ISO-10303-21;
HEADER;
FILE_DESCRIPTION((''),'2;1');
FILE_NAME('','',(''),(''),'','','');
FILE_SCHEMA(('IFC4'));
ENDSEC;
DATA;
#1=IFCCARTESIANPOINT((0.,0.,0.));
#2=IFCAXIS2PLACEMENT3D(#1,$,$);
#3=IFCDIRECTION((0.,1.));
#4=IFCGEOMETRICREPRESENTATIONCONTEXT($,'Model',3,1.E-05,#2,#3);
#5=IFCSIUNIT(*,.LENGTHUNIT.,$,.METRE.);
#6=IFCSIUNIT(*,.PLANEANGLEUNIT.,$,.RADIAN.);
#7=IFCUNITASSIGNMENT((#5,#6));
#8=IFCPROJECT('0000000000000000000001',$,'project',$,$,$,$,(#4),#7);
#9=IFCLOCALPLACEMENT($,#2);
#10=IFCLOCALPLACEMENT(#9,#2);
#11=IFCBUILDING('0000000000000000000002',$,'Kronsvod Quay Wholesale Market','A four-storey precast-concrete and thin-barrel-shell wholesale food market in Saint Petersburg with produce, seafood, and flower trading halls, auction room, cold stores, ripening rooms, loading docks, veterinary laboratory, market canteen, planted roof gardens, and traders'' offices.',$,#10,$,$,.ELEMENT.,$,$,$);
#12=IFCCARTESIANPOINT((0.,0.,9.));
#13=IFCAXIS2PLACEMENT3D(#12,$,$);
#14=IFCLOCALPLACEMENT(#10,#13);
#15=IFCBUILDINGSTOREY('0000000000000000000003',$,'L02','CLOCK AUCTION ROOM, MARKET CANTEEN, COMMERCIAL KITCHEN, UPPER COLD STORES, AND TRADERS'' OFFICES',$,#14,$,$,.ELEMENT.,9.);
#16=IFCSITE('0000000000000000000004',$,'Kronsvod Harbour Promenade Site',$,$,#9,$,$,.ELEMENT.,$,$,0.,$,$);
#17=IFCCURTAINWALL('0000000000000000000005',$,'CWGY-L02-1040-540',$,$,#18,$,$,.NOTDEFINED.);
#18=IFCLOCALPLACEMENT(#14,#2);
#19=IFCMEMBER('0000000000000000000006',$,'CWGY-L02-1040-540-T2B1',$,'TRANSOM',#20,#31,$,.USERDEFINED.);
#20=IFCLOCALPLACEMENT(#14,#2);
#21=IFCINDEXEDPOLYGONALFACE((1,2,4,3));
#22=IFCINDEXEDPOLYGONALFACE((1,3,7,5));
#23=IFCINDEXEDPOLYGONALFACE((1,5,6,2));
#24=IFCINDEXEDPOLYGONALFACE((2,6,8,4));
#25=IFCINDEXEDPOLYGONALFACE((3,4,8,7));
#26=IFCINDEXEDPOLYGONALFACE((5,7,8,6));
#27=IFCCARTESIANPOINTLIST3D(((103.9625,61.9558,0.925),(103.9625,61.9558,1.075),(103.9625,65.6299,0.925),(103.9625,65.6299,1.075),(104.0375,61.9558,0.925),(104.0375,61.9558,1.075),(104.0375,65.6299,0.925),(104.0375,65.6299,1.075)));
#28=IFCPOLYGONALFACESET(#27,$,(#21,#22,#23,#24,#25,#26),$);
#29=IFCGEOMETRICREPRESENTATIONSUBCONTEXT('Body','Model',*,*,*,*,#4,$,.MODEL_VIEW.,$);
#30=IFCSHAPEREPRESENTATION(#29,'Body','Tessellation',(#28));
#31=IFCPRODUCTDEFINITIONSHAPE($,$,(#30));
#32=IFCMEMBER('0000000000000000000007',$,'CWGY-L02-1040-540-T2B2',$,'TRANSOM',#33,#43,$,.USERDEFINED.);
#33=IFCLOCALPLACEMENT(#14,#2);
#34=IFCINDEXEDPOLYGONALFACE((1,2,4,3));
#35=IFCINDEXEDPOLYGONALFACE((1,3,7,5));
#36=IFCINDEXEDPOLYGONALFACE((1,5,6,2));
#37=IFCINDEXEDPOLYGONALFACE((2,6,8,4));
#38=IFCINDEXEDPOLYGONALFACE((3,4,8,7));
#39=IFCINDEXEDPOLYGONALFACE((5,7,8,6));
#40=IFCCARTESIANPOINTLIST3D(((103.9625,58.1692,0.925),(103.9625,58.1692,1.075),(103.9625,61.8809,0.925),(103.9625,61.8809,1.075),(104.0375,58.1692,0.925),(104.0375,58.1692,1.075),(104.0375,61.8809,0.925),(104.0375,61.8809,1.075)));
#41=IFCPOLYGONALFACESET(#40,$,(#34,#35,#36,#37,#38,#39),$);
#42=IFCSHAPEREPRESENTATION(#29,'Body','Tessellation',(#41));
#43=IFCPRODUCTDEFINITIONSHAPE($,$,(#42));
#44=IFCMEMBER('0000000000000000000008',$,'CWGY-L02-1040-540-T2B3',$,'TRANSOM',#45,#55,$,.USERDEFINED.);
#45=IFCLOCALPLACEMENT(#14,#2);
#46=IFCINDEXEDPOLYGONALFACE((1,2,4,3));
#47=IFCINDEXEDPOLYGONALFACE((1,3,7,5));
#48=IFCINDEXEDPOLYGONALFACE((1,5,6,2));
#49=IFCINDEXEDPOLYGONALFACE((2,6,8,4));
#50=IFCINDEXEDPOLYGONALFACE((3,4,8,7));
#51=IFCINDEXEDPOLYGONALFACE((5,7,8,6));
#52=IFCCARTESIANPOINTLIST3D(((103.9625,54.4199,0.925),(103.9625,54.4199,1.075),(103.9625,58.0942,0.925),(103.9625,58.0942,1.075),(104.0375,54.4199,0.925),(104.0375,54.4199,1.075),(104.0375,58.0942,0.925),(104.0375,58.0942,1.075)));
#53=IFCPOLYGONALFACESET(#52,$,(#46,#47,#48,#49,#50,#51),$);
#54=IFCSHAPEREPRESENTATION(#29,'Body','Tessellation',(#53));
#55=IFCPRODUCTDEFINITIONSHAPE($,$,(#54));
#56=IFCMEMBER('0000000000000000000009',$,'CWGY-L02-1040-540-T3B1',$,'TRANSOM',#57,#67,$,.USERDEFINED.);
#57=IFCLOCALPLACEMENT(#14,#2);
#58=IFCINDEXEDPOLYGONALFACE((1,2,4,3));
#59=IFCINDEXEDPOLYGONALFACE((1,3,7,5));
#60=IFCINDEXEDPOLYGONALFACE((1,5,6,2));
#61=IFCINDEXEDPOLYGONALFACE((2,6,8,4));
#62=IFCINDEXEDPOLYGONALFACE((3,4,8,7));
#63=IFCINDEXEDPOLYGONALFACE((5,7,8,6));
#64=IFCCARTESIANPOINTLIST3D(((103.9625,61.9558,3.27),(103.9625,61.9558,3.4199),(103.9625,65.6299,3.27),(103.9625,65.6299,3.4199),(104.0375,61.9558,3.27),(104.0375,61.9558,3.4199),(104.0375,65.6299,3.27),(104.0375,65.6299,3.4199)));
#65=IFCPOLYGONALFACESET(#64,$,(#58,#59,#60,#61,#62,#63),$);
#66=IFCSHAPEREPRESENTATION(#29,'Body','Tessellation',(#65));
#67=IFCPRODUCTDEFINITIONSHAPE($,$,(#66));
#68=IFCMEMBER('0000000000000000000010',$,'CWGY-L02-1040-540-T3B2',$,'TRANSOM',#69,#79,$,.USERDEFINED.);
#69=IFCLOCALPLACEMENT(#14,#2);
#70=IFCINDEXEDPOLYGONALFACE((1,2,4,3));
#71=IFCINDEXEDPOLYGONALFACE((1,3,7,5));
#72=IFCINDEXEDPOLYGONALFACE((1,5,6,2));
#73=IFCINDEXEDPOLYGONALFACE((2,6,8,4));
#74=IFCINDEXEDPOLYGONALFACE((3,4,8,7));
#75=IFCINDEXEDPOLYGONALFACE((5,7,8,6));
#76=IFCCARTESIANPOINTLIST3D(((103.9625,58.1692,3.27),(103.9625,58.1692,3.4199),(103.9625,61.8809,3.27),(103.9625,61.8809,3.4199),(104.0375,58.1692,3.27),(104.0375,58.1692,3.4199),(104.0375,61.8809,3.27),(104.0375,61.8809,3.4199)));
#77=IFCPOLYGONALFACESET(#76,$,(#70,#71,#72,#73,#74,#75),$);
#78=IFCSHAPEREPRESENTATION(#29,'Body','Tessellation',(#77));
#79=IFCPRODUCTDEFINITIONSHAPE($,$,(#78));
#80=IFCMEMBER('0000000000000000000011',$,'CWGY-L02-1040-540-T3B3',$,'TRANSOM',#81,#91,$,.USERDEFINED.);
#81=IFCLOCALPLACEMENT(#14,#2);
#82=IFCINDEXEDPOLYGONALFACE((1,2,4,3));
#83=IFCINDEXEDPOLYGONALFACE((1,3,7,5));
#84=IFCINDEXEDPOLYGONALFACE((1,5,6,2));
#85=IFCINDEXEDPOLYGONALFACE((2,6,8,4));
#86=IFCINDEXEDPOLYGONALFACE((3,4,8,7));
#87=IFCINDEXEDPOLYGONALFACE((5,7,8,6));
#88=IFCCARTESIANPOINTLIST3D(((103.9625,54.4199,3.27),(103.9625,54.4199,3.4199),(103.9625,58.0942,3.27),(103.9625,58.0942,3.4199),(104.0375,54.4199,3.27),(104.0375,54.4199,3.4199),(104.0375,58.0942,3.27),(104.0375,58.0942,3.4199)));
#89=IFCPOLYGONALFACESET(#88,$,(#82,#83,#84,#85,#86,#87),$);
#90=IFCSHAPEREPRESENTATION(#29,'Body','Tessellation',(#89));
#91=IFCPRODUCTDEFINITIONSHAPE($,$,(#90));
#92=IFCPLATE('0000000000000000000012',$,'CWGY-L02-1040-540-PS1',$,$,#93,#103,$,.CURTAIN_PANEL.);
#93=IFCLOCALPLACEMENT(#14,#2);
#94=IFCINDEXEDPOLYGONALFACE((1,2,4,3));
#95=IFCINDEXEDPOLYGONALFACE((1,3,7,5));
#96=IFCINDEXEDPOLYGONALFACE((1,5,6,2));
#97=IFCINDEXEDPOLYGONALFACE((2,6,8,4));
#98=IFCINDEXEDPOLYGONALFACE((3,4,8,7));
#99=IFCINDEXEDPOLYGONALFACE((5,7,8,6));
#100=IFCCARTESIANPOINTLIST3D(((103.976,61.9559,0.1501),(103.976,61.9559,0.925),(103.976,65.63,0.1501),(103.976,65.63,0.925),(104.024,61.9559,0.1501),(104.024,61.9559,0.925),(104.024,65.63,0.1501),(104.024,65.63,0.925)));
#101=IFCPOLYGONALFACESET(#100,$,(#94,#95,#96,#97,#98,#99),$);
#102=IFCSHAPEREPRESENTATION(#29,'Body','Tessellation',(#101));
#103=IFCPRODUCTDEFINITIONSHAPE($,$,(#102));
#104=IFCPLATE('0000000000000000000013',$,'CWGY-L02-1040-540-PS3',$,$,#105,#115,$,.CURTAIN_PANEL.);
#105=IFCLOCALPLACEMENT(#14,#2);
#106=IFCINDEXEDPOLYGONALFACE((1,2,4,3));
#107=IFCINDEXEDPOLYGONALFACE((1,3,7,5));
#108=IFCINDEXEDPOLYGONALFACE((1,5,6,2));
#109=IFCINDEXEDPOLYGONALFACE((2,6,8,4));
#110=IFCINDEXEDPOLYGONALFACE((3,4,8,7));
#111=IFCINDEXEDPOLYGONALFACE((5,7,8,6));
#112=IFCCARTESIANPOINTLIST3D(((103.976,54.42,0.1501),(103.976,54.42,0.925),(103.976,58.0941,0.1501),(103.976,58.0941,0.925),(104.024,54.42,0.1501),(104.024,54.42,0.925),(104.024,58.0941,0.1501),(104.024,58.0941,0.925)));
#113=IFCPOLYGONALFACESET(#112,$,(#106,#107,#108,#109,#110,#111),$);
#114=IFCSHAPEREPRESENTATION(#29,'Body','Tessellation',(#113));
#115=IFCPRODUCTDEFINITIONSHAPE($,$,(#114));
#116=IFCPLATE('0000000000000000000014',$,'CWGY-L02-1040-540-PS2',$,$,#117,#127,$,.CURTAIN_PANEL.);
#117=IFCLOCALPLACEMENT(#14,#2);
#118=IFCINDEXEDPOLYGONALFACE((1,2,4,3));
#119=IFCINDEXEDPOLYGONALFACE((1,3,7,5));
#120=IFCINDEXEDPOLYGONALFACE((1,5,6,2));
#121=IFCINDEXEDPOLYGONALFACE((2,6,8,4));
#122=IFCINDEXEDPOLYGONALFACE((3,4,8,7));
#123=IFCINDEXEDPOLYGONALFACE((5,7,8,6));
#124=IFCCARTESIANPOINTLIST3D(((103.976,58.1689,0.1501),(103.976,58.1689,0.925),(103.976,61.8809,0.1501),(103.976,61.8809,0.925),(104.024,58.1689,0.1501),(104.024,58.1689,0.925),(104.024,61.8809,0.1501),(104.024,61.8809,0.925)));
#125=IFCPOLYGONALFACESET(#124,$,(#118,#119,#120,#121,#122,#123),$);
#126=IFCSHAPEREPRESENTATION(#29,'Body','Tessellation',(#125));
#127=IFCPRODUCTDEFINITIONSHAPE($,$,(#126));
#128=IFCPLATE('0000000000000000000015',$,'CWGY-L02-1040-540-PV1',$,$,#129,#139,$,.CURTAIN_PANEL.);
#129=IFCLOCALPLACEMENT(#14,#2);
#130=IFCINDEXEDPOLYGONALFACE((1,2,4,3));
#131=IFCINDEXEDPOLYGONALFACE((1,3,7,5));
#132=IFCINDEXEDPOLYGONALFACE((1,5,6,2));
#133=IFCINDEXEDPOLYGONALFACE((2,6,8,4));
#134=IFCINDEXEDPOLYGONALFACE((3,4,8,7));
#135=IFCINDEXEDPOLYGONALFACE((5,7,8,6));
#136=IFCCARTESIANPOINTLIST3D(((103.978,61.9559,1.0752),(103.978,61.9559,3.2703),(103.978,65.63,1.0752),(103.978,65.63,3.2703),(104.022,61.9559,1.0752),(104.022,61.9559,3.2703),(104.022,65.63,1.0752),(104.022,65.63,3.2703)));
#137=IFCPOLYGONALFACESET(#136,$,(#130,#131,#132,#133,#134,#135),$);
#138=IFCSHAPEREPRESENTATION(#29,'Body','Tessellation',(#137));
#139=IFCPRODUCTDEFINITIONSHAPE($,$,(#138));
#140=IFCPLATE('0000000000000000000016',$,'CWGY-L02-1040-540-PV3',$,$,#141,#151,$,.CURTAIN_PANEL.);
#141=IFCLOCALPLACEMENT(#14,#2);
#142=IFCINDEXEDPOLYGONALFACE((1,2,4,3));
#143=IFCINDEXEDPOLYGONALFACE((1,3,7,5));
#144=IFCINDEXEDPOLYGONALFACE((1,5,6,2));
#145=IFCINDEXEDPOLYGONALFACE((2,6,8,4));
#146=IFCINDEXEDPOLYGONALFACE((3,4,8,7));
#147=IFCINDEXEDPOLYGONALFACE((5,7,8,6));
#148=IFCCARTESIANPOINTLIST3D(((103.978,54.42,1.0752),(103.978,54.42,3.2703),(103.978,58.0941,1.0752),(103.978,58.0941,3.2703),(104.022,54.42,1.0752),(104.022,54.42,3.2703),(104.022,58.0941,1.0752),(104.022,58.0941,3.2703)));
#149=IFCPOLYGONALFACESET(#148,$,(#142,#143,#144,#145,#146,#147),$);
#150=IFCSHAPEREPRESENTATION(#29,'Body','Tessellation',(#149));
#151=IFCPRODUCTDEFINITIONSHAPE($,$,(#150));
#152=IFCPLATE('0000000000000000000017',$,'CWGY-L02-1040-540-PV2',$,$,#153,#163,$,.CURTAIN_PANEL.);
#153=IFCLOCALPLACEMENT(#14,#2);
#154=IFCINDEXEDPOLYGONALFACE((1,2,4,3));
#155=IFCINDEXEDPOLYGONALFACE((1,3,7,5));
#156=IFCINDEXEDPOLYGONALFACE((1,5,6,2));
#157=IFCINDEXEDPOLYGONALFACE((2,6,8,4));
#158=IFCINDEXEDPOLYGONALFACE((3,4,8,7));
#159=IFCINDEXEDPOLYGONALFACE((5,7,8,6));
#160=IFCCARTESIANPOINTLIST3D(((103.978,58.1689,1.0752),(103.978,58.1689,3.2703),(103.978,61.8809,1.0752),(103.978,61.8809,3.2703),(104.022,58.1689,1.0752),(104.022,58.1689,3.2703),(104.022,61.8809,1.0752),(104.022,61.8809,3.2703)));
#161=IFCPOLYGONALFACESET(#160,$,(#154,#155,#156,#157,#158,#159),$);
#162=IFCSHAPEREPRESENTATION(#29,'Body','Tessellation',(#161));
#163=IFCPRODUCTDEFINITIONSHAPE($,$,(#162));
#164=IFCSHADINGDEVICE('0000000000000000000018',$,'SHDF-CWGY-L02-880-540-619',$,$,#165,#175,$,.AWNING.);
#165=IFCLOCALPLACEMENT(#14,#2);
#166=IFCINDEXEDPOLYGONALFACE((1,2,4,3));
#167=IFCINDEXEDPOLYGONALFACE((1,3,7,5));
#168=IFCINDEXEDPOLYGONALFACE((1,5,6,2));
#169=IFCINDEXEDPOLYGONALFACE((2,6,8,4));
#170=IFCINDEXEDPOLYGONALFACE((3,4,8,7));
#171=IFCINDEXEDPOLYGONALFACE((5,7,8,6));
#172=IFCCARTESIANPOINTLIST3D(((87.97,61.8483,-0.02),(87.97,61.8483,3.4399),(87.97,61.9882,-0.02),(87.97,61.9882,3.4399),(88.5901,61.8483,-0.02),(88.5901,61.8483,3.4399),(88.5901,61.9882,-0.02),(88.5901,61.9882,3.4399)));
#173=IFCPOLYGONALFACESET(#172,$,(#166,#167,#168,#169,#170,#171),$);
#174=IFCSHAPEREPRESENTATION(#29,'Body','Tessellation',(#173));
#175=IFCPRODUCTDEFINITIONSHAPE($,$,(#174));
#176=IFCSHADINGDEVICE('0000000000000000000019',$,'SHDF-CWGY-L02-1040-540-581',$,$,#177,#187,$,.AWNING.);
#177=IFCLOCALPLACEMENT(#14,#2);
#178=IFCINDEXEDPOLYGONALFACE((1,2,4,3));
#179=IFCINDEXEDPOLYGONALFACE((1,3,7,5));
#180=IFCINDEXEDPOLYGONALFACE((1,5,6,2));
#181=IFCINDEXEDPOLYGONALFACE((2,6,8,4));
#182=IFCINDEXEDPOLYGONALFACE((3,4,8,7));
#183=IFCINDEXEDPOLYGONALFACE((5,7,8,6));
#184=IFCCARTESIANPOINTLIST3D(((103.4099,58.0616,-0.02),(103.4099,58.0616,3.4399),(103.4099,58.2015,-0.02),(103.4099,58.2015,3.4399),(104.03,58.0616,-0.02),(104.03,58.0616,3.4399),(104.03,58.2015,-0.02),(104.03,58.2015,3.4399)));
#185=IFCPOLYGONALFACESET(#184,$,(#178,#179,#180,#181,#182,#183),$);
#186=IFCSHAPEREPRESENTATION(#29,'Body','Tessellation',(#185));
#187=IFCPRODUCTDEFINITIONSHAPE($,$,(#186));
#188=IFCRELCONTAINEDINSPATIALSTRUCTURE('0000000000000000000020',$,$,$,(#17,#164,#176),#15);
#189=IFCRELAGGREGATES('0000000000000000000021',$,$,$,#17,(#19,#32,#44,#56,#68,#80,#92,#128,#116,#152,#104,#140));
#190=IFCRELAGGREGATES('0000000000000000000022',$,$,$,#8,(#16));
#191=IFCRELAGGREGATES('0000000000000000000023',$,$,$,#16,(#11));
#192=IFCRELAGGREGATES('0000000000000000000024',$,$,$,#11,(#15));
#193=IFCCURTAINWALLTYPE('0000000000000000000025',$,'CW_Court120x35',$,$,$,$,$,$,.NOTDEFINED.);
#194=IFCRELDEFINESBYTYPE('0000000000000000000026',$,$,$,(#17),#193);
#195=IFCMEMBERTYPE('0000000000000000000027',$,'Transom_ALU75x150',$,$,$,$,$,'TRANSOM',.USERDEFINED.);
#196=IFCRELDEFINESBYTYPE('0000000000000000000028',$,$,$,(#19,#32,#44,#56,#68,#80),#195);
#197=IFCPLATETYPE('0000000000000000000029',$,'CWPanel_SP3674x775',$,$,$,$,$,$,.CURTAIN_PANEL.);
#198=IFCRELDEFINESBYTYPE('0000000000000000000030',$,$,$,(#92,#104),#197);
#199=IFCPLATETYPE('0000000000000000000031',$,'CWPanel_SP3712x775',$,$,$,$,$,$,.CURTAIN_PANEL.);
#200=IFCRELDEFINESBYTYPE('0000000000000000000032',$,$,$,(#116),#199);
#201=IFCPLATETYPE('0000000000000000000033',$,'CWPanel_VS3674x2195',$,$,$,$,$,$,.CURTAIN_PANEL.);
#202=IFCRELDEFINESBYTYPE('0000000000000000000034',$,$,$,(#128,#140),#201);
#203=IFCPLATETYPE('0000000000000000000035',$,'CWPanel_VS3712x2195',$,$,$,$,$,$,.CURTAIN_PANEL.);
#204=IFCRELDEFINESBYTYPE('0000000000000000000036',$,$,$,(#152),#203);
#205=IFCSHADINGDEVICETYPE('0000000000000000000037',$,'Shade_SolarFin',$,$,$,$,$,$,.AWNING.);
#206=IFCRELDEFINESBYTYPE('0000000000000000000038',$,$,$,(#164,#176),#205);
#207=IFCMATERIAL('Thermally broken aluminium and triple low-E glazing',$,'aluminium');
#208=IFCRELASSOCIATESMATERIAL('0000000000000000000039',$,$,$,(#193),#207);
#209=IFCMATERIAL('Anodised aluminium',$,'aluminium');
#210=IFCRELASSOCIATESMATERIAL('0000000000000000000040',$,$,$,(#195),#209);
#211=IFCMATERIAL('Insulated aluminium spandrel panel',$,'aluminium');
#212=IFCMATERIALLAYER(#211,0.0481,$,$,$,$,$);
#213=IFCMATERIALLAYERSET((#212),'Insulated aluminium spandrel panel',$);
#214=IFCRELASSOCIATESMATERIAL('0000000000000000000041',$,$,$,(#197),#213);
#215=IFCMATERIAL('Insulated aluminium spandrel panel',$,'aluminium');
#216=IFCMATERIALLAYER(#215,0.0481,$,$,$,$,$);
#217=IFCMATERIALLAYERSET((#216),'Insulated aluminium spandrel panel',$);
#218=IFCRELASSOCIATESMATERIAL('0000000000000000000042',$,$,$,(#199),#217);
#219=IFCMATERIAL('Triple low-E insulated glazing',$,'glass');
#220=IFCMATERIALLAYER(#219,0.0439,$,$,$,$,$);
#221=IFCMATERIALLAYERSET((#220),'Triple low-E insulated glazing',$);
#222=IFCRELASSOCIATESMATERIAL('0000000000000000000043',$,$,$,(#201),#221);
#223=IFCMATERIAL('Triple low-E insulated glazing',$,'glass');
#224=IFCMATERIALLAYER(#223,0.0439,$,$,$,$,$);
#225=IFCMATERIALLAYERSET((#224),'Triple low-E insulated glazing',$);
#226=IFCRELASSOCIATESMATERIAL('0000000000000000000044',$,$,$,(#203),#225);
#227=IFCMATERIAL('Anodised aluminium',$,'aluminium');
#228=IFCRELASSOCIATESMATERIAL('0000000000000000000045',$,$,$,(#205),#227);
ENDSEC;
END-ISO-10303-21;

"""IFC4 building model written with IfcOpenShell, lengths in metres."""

from ifc_helpers import new_model, si_unit, direction, frame, origin, origin_2d, place, context, subcontext, project, spatial, rectangle, extrude, material, layer, layer_set, material_profile, profile_set, type_object, element, aggregate, save


model = new_model("IFC4")

# Units and contexts
model_context = context("Model", 3, precision=1e-05, world=origin(), true_north=direction((0.0, 1.0)))
body_context = subcontext(model_context, "Body", "Model", "MODEL_VIEW")
ifc_project = project(units=[si_unit("LENGTHUNIT", "METRE"), si_unit("PLANEANGLEUNIT", "RADIAN")], contexts=[model_context])

# Site, building, storey
site_placement = place(None, origin())
site = spatial("IfcSite", under=ifc_project, at=site_placement, Name="Kronsvod Harbour Promenade Site", CompositionType="ELEMENT", RefElevation=0.0)
building_placement = place(site_placement, origin())
building = spatial("IfcBuilding", under=site, at=building_placement, Name="Kronsvod Quay Wholesale Market", Description="A four-storey precast-concrete and thin-barrel-shell wholesale food market in Saint Petersburg with produce, seafood, and flower trading halls, auction room, cold stores, ripening rooms, loading docks, veterinary laboratory, market canteen, planted roof gardens, and traders' offices.", CompositionType="ELEMENT")
storey_placement = place(building_placement, frame((0.0, 0.0, 9.0)))
storey = spatial("IfcBuildingStorey", under=building, at=storey_placement, Name="L02", Description="CLOCK AUCTION ROOM, MARKET CANTEEN, COMMERCIAL KITCHEN, UPPER COLD STORES, AND TRADERS' OFFICES", CompositionType="ELEMENT", Elevation=9.0)

# Curtain wall, members, plates
ifc_material_1 = material(Name="Thermally broken aluminium and triple low-E glazing", Category="aluminium")
curtain_wall_type = type_object("IfcCurtainWallType", Name="CW_Court120x35", PredefinedType="NOTDEFINED", material=ifc_material_1)
curtain_wall_placement = place(storey_placement, origin())
curtain_wall = element("IfcCurtainWall", 1, at=curtain_wall_placement, inside=storey, type_object=curtain_wall_type, Name="CWGY-L02-1040-540", PredefinedType="NOTDEFINED")
ifc_material_2 = material(Name="Anodised aluminium", Category="aluminium")
ifc_material_profile_1 = material_profile(ifc_material_2, rectangle(XDim=0.075, YDim=0.1499, at=origin_2d()), Name="ALUT75x150")
ifc_profile_set_1 = profile_set([ifc_material_profile_1], Name="Anodised aluminium")
member_type_1 = type_object("IfcMemberType", Name="Transom_ALU75x150", ElementType="TRANSOM", PredefinedType="USERDEFINED", material=ifc_profile_set_1)
member_1_placement = place(storey_placement, frame((104.0, 65.6299, 1.0), z_axis=(0.0, -1.0, 0.0), x_axis=(1.0, 0.0, 0.0)))
member_1 = element("IfcMember", 2, at=member_1_placement, type_object=member_type_1, Name="CWGY-L02-1040-540-T2B1", ObjectType="TRANSOM", PredefinedType="USERDEFINED", context=body_context, shape_type="SweptSolid", body=[
    extrude(rectangle(XDim=0.075, YDim=0.1499, at=origin_2d()), origin(), (0.0, 0.0, 1.0), 3.6741),
])
member_2_placement = place(storey_placement, frame((104.0, 61.8809, 1.0), z_axis=(0.0, -1.0, 0.0), x_axis=(1.0, 0.0, 0.0)))
member_2 = element("IfcMember", 3, at=member_2_placement, type_object=member_type_1, Name="CWGY-L02-1040-540-T2B2", ObjectType="TRANSOM", PredefinedType="USERDEFINED", context=body_context, shape_type="SweptSolid", body=[
    extrude(rectangle(XDim=0.075, YDim=0.1499, at=origin_2d()), origin(), (0.0, 0.0, 1.0), 3.7117),
])
member_3_placement = place(storey_placement, frame((104.0, 58.0942, 1.0), z_axis=(0.0, -1.0, 0.0), x_axis=(1.0, 0.0, 0.0)))
member_3 = element("IfcMember", 4, at=member_3_placement, type_object=member_type_1, Name="CWGY-L02-1040-540-T2B3", ObjectType="TRANSOM", PredefinedType="USERDEFINED", context=body_context, shape_type="SweptSolid", body=[
    extrude(rectangle(XDim=0.075, YDim=0.1499, at=origin_2d()), origin(), (0.0, 0.0, 1.0), 3.6743),
])
member_4_placement = place(storey_placement, frame((104.0, 65.6299, 3.345), z_axis=(0.0, -1.0, 0.0), x_axis=(1.0, 0.0, 0.0)))
member_4 = element("IfcMember", 5, at=member_4_placement, type_object=member_type_1, Name="CWGY-L02-1040-540-T3B1", ObjectType="TRANSOM", PredefinedType="USERDEFINED", context=body_context, shape_type="SweptSolid", body=[
    extrude(rectangle(XDim=0.075, YDim=0.1499, at=origin_2d()), origin(), (0.0, 0.0, 1.0), 3.6741),
])
member_5_placement = place(storey_placement, frame((104.0, 61.8809, 3.345), z_axis=(0.0, -1.0, 0.0), x_axis=(1.0, 0.0, 0.0)))
member_5 = element("IfcMember", 6, at=member_5_placement, type_object=member_type_1, Name="CWGY-L02-1040-540-T3B2", ObjectType="TRANSOM", PredefinedType="USERDEFINED", context=body_context, shape_type="SweptSolid", body=[
    extrude(rectangle(XDim=0.075, YDim=0.1499, at=origin_2d()), origin(), (0.0, 0.0, 1.0), 3.7117),
])
member_6_placement = place(storey_placement, frame((104.0, 58.0942, 3.345), z_axis=(0.0, -1.0, 0.0), x_axis=(1.0, 0.0, 0.0)))
member_6 = element("IfcMember", 7, at=member_6_placement, type_object=member_type_1, Name="CWGY-L02-1040-540-T3B3", ObjectType="TRANSOM", PredefinedType="USERDEFINED", context=body_context, shape_type="SweptSolid", body=[
    extrude(rectangle(XDim=0.075, YDim=0.1499, at=origin_2d()), origin(), (0.0, 0.0, 1.0), 3.6743),
])
ifc_material_3 = material(Name="Insulated aluminium spandrel panel", Category="aluminium")
ifc_layer_1 = layer(ifc_material_3, 0.0481)
ifc_layer_set_1 = layer_set([ifc_layer_1], Name="Insulated aluminium spandrel panel")
plate_type_1 = type_object("IfcPlateType", Name="CWPanel_SP3674x775", PredefinedType="CURTAIN_PANEL", material=ifc_layer_set_1)
plate_1_placement = place(storey_placement, frame((104.0, 63.793, 0.1501), z_axis=(0.0, 0.0, 1.0), x_axis=(0.0, -1.0, 0.0)))
plate_1 = element("IfcPlate", 8, at=plate_1_placement, type_object=plate_type_1, Name="CWGY-L02-1040-540-PS1", PredefinedType="CURTAIN_PANEL", context=body_context, shape_type="SweptSolid", body=[
    extrude(rectangle(XDim=3.6741, YDim=0.0481, at=origin_2d()), origin(), (0.0, 0.0, 1.0), 0.7749),
])
plate_2_placement = place(storey_placement, frame((104.0, 56.2571, 0.1501), z_axis=(0.0, 0.0, 1.0), x_axis=(0.0, -1.0, 0.0)))
plate_2 = element("IfcPlate", 9, at=plate_2_placement, type_object=plate_type_1, Name="CWGY-L02-1040-540-PS3", PredefinedType="CURTAIN_PANEL", context=body_context, shape_type="SweptSolid", body=[
    extrude(rectangle(XDim=3.6741, YDim=0.0481, at=origin_2d()), origin(), (0.0, 0.0, 1.0), 0.7749),
])
ifc_material_4 = material(Name="Insulated aluminium spandrel panel", Category="aluminium")
ifc_layer_2 = layer(ifc_material_4, 0.0481)
ifc_layer_set_2 = layer_set([ifc_layer_2], Name="Insulated aluminium spandrel panel")
plate_type_2 = type_object("IfcPlateType", Name="CWPanel_SP3712x775", PredefinedType="CURTAIN_PANEL", material=ifc_layer_set_2)
plate_3_placement = place(storey_placement, frame((104.0, 60.0249, 0.1501), z_axis=(0.0, 0.0, 1.0), x_axis=(0.0, -1.0, 0.0)))
plate_3 = element("IfcPlate", 10, at=plate_3_placement, type_object=plate_type_2, Name="CWGY-L02-1040-540-PS2", PredefinedType="CURTAIN_PANEL", context=body_context, shape_type="SweptSolid", body=[
    extrude(rectangle(XDim=3.7119, YDim=0.0481, at=origin_2d()), origin(), (0.0, 0.0, 1.0), 0.7749),
])
ifc_material_5 = material(Name="Triple low-E insulated glazing", Category="glass")
ifc_layer_3 = layer(ifc_material_5, 0.0439)
ifc_layer_set_3 = layer_set([ifc_layer_3], Name="Triple low-E insulated glazing")
plate_type_3 = type_object("IfcPlateType", Name="CWPanel_VS3674x2195", PredefinedType="CURTAIN_PANEL", material=ifc_layer_set_3)
plate_4_placement = place(storey_placement, frame((104.0, 63.793, 1.0752), z_axis=(0.0, 0.0, 1.0), x_axis=(0.0, -1.0, 0.0)))
plate_4 = element("IfcPlate", 11, at=plate_4_placement, type_object=plate_type_3, Name="CWGY-L02-1040-540-PV1", PredefinedType="CURTAIN_PANEL", context=body_context, shape_type="SweptSolid", body=[
    extrude(rectangle(XDim=3.6741, YDim=0.0439, at=origin_2d()), origin(), (0.0, 0.0, 1.0), 2.1951),
])
plate_5_placement = place(storey_placement, frame((104.0, 56.2571, 1.0752), z_axis=(0.0, 0.0, 1.0), x_axis=(0.0, -1.0, 0.0)))
plate_5 = element("IfcPlate", 12, at=plate_5_placement, type_object=plate_type_3, Name="CWGY-L02-1040-540-PV3", PredefinedType="CURTAIN_PANEL", context=body_context, shape_type="SweptSolid", body=[
    extrude(rectangle(XDim=3.6741, YDim=0.0439, at=origin_2d()), origin(), (0.0, 0.0, 1.0), 2.1951),
])
ifc_material_6 = material(Name="Triple low-E insulated glazing", Category="glass")
ifc_layer_4 = layer(ifc_material_6, 0.0439)
ifc_layer_set_4 = layer_set([ifc_layer_4], Name="Triple low-E insulated glazing")
plate_type_4 = type_object("IfcPlateType", Name="CWPanel_VS3712x2195", PredefinedType="CURTAIN_PANEL", material=ifc_layer_set_4)
plate_6_placement = place(storey_placement, frame((104.0, 60.0249, 1.0752), z_axis=(0.0, 0.0, 1.0), x_axis=(0.0, -1.0, 0.0)))
plate_6 = element("IfcPlate", 13, at=plate_6_placement, type_object=plate_type_4, Name="CWGY-L02-1040-540-PV2", PredefinedType="CURTAIN_PANEL", context=body_context, shape_type="SweptSolid", body=[
    extrude(rectangle(XDim=3.7119, YDim=0.0439, at=origin_2d()), origin(), (0.0, 0.0, 1.0), 2.1951),
])
aggregate(curtain_wall, [member_1, member_2, member_3, member_4, member_5, member_6, plate_1, plate_4, plate_3, plate_6, plate_2, plate_5])

# Shading devices
ifc_material_7 = material(Name="Anodised aluminium", Category="aluminium")
shading_device_type = type_object("IfcShadingDeviceType", Name="Shade_SolarFin", PredefinedType="AWNING", material=ifc_material_7)
for number, where, z_axis, x_axis, name in (
    (14, (88.28, 61.9182, -0.02), (0.0, 0.0, 1.0), (1.0, 0.0, 0.0), "SHDF-CWGY-L02-880-540-619"),
    (15, (103.72, 58.1316, -0.02), (0.0, 0.0, 1.0), (1.0, 0.0, 0.0), "SHDF-CWGY-L02-1040-540-581"),
):
    element("IfcShadingDevice", number, at=place(storey_placement, frame(where, z_axis=z_axis, x_axis=x_axis)), inside=storey, type_object=shading_device_type, Name=name, PredefinedType="AWNING", context=body_context, shape_type="SweptSolid", body=[
        extrude(rectangle(XDim=0.6201, YDim=0.1399, at=origin_2d()), origin(), (0.0, 0.0, 1.0), 3.46),
    ])

save(model, "model.ifc")
